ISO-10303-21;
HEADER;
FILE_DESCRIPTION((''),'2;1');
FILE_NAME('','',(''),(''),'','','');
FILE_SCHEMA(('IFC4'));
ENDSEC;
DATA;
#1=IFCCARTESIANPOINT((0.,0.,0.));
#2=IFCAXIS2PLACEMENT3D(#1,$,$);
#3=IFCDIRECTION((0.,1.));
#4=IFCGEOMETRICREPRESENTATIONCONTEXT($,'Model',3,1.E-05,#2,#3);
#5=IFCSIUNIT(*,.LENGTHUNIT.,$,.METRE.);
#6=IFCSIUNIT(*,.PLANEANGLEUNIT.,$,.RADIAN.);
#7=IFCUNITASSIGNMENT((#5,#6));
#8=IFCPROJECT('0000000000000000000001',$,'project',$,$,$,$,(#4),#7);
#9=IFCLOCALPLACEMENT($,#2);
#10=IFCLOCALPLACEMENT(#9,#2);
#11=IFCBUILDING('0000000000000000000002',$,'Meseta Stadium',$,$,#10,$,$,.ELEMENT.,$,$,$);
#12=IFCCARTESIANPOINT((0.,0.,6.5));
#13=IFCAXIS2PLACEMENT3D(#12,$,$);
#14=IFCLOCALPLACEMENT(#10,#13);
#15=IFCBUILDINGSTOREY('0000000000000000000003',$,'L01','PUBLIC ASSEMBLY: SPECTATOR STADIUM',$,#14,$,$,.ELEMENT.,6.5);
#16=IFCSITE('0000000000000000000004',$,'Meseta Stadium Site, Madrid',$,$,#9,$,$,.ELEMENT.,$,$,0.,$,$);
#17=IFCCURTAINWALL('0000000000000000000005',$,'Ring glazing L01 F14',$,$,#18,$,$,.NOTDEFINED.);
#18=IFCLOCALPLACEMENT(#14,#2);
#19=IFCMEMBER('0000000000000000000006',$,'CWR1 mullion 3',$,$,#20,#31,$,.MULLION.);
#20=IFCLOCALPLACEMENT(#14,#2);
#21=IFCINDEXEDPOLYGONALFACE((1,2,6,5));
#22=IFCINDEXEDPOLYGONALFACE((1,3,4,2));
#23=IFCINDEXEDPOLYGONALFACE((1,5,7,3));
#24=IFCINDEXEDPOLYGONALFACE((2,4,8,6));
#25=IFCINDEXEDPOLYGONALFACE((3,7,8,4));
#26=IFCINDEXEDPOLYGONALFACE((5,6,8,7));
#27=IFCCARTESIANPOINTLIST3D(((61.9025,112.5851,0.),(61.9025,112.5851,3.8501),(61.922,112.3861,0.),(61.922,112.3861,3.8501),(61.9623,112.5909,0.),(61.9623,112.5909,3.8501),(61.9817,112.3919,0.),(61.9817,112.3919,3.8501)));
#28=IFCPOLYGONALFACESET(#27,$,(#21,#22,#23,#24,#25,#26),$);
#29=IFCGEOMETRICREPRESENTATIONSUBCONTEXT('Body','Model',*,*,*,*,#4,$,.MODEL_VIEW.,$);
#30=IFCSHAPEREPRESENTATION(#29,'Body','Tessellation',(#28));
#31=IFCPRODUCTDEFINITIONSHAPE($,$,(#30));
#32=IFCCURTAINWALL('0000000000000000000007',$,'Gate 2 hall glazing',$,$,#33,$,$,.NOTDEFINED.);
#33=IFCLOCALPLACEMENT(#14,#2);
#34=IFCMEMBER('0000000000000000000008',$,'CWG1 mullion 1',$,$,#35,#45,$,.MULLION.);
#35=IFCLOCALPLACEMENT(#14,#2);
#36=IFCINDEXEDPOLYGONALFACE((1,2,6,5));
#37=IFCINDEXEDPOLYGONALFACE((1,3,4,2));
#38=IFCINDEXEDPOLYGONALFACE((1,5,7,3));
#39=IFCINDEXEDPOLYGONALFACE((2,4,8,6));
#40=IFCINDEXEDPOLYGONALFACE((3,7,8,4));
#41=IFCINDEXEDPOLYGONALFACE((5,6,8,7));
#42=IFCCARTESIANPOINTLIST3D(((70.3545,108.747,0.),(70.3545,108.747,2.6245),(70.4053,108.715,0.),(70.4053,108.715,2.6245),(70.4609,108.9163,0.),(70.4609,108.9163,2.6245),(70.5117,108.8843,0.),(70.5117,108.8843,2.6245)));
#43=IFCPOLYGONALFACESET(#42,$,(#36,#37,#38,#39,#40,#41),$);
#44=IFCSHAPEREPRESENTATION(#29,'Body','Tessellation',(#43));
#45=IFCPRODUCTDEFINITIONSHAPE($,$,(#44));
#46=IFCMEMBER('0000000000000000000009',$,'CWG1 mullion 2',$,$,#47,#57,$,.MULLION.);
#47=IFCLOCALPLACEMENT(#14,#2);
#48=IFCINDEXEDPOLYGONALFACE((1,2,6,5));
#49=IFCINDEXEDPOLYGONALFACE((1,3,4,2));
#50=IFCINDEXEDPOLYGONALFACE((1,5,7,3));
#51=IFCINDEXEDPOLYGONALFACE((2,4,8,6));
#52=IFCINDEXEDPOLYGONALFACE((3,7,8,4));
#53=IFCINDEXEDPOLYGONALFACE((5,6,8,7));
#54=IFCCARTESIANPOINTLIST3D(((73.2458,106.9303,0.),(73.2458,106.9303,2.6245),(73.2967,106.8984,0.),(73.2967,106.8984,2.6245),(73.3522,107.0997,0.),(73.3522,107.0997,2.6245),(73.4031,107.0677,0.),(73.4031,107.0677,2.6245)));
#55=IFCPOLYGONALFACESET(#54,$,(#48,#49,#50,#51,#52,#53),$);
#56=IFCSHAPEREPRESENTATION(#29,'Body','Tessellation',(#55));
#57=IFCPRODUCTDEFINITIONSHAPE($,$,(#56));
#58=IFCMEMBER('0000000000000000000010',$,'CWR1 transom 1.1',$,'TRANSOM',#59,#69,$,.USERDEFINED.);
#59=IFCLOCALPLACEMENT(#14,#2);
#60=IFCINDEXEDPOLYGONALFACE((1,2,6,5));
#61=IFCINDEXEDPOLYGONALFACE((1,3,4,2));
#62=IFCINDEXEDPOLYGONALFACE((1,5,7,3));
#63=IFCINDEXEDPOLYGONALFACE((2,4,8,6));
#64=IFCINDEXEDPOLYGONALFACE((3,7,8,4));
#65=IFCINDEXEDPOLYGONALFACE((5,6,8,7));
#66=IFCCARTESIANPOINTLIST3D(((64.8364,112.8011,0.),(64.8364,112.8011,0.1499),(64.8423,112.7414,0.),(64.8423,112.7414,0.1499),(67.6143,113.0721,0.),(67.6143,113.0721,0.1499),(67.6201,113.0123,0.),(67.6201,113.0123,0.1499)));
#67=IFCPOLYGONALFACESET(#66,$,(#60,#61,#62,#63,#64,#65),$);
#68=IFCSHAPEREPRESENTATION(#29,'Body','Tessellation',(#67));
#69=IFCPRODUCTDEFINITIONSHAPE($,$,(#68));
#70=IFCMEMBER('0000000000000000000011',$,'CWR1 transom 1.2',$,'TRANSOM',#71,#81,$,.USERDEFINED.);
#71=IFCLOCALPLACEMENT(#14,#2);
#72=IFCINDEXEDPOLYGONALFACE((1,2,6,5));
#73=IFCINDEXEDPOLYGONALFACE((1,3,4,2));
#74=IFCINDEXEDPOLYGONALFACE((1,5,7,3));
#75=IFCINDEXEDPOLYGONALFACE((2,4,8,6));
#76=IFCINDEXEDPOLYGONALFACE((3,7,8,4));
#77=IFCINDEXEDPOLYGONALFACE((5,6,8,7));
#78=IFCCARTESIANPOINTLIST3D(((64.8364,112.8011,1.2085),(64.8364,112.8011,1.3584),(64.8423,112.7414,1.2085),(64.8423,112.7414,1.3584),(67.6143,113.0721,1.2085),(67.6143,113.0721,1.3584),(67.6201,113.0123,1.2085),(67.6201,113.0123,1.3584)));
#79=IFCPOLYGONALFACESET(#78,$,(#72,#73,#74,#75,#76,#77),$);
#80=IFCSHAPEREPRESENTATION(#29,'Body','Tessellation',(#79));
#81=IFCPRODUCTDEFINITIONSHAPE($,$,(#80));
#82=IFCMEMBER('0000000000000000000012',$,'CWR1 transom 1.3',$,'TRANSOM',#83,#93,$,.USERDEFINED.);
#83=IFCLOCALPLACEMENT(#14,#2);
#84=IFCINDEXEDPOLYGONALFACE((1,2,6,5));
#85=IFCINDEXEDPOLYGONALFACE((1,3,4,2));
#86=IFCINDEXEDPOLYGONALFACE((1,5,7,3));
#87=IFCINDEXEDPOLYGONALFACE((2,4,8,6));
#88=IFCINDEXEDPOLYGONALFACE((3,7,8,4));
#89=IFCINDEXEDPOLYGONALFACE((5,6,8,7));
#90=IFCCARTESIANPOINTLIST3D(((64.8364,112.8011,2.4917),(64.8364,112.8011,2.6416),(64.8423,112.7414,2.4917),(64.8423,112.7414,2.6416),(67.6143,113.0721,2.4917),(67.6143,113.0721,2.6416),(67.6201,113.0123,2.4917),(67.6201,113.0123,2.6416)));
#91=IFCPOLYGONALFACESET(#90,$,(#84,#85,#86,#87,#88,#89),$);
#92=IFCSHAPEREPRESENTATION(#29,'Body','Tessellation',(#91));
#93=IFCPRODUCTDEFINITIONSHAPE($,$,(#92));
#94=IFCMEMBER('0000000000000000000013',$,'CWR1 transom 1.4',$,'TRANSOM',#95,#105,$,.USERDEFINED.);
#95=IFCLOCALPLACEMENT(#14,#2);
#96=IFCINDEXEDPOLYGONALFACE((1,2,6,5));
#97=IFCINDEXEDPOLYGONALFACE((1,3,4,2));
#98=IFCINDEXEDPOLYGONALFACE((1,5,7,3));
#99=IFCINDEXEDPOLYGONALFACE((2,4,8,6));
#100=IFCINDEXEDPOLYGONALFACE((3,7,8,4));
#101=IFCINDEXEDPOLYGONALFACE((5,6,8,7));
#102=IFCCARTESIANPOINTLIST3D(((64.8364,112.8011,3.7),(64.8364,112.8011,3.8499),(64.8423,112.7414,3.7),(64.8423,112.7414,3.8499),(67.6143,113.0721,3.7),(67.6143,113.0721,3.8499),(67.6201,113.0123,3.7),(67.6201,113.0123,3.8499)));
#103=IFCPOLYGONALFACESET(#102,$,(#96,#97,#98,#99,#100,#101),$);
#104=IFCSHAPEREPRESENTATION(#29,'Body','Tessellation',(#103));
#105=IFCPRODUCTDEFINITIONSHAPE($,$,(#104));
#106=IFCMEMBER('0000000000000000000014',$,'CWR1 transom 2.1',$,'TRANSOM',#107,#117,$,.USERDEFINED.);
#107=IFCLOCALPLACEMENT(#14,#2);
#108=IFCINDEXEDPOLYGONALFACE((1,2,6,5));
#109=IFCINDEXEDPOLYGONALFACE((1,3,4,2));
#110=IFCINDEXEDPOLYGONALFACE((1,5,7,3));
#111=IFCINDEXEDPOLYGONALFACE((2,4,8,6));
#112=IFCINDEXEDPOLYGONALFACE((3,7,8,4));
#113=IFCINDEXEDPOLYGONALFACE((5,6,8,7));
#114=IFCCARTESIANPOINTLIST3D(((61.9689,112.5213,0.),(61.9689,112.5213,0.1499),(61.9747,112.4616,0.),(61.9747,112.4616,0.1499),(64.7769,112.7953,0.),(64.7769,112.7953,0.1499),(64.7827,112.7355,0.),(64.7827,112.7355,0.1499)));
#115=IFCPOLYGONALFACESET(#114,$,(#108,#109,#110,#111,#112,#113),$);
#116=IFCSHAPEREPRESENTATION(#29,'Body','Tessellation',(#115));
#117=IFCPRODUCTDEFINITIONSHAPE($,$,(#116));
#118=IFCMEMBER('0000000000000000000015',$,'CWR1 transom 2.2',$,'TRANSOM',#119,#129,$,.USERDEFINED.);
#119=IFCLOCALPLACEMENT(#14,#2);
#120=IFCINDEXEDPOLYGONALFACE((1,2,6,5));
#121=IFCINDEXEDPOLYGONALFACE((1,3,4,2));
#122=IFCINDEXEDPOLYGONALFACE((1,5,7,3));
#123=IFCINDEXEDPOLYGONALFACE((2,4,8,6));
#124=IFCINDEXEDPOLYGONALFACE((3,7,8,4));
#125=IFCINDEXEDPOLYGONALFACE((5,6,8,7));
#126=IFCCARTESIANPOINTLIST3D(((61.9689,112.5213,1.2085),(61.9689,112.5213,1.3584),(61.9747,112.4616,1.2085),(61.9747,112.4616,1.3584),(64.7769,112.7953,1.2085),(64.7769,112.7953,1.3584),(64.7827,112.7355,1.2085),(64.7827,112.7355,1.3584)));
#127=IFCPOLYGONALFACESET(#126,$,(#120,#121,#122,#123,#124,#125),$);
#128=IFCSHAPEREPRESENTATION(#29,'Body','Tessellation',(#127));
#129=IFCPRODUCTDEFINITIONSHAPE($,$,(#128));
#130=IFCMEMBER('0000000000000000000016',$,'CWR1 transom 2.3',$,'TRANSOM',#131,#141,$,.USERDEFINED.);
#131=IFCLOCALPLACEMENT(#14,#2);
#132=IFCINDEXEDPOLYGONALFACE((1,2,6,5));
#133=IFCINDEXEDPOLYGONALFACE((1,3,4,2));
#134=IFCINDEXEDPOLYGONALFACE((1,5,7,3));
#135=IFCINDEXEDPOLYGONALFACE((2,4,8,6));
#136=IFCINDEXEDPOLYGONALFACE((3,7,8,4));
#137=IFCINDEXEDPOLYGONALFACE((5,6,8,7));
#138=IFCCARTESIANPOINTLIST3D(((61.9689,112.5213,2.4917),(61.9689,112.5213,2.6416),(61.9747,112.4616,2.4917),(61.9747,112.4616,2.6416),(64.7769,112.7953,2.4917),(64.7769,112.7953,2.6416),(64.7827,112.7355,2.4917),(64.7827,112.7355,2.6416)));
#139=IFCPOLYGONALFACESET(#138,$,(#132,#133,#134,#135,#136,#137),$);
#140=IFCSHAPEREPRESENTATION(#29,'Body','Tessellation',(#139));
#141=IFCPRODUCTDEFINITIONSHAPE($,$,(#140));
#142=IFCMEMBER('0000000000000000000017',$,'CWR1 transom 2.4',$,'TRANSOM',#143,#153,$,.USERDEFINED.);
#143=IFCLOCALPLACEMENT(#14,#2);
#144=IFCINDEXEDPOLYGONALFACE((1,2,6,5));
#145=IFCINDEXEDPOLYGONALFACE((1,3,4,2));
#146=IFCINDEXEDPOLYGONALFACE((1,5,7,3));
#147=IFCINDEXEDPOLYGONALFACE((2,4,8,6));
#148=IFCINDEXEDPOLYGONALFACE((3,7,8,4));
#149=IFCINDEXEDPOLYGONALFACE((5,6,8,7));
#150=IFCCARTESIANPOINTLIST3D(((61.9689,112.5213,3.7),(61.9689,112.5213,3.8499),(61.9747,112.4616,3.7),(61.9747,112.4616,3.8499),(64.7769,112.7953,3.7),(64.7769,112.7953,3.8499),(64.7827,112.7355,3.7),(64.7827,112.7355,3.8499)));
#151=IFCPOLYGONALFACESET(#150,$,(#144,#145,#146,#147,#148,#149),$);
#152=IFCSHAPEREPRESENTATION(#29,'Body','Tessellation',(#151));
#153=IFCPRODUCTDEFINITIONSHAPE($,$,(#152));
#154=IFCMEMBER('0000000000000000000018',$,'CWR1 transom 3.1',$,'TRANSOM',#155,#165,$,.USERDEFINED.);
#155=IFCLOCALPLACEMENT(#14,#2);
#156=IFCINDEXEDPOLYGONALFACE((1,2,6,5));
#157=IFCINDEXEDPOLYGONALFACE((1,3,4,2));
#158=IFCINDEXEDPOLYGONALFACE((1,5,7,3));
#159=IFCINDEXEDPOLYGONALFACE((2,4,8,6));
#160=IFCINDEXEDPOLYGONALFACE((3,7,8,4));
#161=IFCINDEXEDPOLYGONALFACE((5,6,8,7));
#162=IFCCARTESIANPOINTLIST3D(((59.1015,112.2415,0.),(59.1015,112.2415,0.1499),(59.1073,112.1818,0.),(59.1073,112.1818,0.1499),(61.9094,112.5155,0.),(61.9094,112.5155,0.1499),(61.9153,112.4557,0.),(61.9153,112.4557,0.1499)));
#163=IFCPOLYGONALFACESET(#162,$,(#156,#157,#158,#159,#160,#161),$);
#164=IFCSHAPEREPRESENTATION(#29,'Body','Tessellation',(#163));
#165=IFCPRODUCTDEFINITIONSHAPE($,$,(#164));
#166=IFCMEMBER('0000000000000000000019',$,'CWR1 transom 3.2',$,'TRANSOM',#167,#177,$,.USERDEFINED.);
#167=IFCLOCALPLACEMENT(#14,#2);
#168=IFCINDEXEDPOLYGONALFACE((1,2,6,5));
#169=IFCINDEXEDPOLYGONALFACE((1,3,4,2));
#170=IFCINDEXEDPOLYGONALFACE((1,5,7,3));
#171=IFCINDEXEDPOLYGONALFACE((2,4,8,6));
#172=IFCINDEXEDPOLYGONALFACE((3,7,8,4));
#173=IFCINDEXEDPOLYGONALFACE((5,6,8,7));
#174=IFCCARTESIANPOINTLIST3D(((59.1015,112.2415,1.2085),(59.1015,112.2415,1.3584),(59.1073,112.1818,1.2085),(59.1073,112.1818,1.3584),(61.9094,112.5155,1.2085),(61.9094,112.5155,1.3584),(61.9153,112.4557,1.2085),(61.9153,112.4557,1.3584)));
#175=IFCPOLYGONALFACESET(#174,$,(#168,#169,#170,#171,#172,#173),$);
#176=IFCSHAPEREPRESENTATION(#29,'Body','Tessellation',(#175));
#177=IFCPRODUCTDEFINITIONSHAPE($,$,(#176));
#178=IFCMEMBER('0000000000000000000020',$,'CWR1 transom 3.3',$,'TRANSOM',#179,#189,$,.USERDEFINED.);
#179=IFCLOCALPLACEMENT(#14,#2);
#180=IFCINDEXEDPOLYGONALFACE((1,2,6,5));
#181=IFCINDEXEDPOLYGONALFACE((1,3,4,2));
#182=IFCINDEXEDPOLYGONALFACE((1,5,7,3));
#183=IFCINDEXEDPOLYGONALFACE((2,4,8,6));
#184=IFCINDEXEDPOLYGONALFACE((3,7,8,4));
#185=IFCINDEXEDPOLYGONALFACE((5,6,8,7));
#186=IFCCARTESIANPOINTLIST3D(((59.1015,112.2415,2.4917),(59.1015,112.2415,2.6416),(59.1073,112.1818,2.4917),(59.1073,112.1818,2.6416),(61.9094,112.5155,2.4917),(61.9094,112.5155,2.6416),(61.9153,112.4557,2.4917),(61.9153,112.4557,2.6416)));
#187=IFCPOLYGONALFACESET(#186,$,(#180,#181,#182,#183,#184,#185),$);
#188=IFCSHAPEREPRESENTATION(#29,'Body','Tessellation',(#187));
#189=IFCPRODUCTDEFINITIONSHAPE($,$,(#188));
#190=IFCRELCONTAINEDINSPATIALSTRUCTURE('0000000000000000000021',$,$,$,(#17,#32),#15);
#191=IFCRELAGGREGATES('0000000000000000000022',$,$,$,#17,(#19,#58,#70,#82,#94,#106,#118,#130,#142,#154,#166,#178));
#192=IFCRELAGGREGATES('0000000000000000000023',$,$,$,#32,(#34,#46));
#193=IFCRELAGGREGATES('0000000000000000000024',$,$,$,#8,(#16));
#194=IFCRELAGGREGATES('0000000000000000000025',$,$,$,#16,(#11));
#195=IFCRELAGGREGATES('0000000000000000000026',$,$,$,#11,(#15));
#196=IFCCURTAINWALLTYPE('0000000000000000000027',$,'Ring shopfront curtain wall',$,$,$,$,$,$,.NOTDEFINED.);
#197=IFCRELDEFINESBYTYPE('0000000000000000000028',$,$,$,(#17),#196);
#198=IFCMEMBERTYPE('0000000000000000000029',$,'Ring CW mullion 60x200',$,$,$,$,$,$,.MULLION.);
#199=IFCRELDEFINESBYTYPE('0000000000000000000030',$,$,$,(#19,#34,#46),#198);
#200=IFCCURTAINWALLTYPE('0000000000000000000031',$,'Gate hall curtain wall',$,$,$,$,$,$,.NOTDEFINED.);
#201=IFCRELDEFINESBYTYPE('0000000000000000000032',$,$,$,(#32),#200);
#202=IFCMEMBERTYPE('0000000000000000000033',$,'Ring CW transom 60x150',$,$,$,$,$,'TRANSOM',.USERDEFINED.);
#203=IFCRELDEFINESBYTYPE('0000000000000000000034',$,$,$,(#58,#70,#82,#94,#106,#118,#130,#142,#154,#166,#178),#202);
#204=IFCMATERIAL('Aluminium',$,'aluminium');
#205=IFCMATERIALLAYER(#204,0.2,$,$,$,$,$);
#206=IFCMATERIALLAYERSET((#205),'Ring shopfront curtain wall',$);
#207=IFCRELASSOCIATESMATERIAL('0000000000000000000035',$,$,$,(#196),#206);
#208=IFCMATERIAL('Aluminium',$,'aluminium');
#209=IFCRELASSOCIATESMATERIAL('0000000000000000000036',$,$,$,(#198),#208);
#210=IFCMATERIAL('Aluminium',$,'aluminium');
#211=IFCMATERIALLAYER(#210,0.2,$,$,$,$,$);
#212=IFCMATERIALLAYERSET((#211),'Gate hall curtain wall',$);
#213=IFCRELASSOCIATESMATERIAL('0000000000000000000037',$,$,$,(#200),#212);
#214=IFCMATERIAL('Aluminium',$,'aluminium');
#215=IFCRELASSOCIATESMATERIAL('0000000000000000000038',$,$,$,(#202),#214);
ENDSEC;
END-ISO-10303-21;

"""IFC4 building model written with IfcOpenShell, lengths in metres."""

from ifc_helpers import new_model, si_unit, direction, frame, origin, origin_2d, place, context, subcontext, project, spatial, rectangle, extrude, material, layer, layer_set, material_profile, profile_set, type_object, element, aggregate, save


model = new_model("IFC4")

# Units and contexts
model_context = context("Model", 3, precision=1e-05, world=origin(), true_north=direction((0.0, 1.0)))
body_context = subcontext(model_context, "Body", "Model", "MODEL_VIEW")
ifc_project = project(units=[si_unit("LENGTHUNIT", "METRE"), si_unit("PLANEANGLEUNIT", "RADIAN")], contexts=[model_context])

# Site, building, storey
site_placement = place(None, origin())
site = spatial("IfcSite", under=ifc_project, at=site_placement, Name="Meseta Stadium Site, Madrid", CompositionType="ELEMENT", RefElevation=0.0)
building_placement = place(site_placement, origin())
building = spatial("IfcBuilding", under=site, at=building_placement, Name="Meseta Stadium", CompositionType="ELEMENT")
storey_placement = place(building_placement, frame((0.0, 0.0, 6.5)))
storey = spatial("IfcBuildingStorey", under=building, at=storey_placement, Name="L01", Description="PUBLIC ASSEMBLY: SPECTATOR STADIUM", CompositionType="ELEMENT", Elevation=6.5)

# Curtain walls, members
ifc_material_1 = material(Name="Aluminium", Category="aluminium")
ifc_layer_1 = layer(ifc_material_1, 0.2)
ifc_layer_set_1 = layer_set([ifc_layer_1], Name="Ring shopfront curtain wall")
curtain_wall_type_1 = type_object("IfcCurtainWallType", Name="Ring shopfront curtain wall", PredefinedType="NOTDEFINED", material=ifc_layer_set_1)
curtain_wall_1_placement = place(storey_placement, origin())
curtain_wall_1 = element("IfcCurtainWall", 1, at=curtain_wall_1_placement, inside=storey, type_object=curtain_wall_type_1, Name="Ring glazing L01 F14", PredefinedType="NOTDEFINED")
ifc_material_2 = material(Name="Aluminium", Category="aluminium")
ifc_material_profile_1 = material_profile(ifc_material_2, rectangle(XDim=0.2, YDim=0.0601, at=origin_2d()), Name="CW 200x60")
ifc_profile_set_1 = profile_set([ifc_material_profile_1], Name="Aluminium")
member_type_1 = type_object("IfcMemberType", Name="Ring CW mullion 60x200", PredefinedType="MULLION", material=ifc_profile_set_1)
member_1_placement = place(storey_placement, frame((61.9421, 112.4885, 0.0), z_axis=(0.0, 0.0, 1.0), x_axis=(0.097125, -0.995272, 0.0)))
member_1 = element("IfcMember", 2, at=member_1_placement, type_object=member_type_1, Name="CWR1 mullion 3", PredefinedType="MULLION", context=body_context, shape_type="SweptSolid", body=[
    extrude(rectangle(XDim=0.2, YDim=0.0601, at=origin_2d()), origin(), (0.0, 0.0, 1.0), 3.8501),
])
ifc_material_3 = material(Name="Aluminium", Category="aluminium")
ifc_layer_2 = layer(ifc_material_3, 0.2)
ifc_layer_set_2 = layer_set([ifc_layer_2], Name="Gate hall curtain wall")
curtain_wall_type_2 = type_object("IfcCurtainWallType", Name="Gate hall curtain wall", PredefinedType="NOTDEFINED", material=ifc_layer_set_2)
curtain_wall_2_placement = place(storey_placement, origin())
curtain_wall_2 = element("IfcCurtainWall", 3, at=curtain_wall_2_placement, inside=storey, type_object=curtain_wall_type_2, Name="Gate 2 hall glazing", PredefinedType="NOTDEFINED")
member_2_placement = place(storey_placement, frame((70.4331, 108.8157, 0.0), z_axis=(0.0, 0.0, 1.0), x_axis=(0.532028, 0.846727, 0.0)))
member_2 = element("IfcMember", 4, at=member_2_placement, type_object=member_type_1, Name="CWG1 mullion 1", PredefinedType="MULLION", context=body_context, shape_type="SweptSolid", body=[
    extrude(rectangle(XDim=0.2, YDim=0.0601, at=origin_2d()), origin(), (0.0, 0.0, 1.0), 2.6245),
])
member_3_placement = place(storey_placement, frame((73.3245, 106.999, 0.0), z_axis=(0.0, 0.0, 1.0), x_axis=(0.532028, 0.846727, 0.0)))
member_3 = element("IfcMember", 5, at=member_3_placement, type_object=member_type_1, Name="CWG1 mullion 2", PredefinedType="MULLION", context=body_context, shape_type="SweptSolid", body=[
    extrude(rectangle(XDim=0.2, YDim=0.0601, at=origin_2d()), origin(), (0.0, 0.0, 1.0), 2.6245),
])

# Members
ifc_material_4 = material(Name="Aluminium", Category="aluminium")
ifc_material_profile_2 = material_profile(ifc_material_4, rectangle(XDim=0.0601, YDim=0.1499, at=origin_2d()), Name="CW 60x150")
ifc_profile_set_2 = profile_set([ifc_material_profile_2], Name="Aluminium")
member_type_2 = type_object("IfcMemberType", Name="Ring CW transom 60x150", ElementType="TRANSOM", PredefinedType="USERDEFINED", material=ifc_profile_set_2)
member_4_placement = place(storey_placement, frame((67.6172, 113.0422, 0.075), z_axis=(-0.995275, -0.097096, 0.0), x_axis=(0.097096, -0.995275, 0.0)))
member_4 = element("IfcMember", 6, at=member_4_placement, type_object=member_type_2, Name="CWR1 transom 1.1", ObjectType="TRANSOM", PredefinedType="USERDEFINED", context=body_context, shape_type="SweptSolid", body=[
    extrude(rectangle(XDim=0.0601, YDim=0.1499, at=origin_2d()), origin(), (0.0, 0.0, 1.0), 2.791),
])
member_5_placement = place(storey_placement, frame((67.6172, 113.0422, 1.2834), z_axis=(-0.995275, -0.097096, 0.0), x_axis=(0.097096, -0.995275, 0.0)))
member_5 = element("IfcMember", 7, at=member_5_placement, type_object=member_type_2, Name="CWR1 transom 1.2", ObjectType="TRANSOM", PredefinedType="USERDEFINED", context=body_context, shape_type="SweptSolid", body=[
    extrude(rectangle(XDim=0.0601, YDim=0.1499, at=origin_2d()), origin(), (0.0, 0.0, 1.0), 2.791),
])
member_6_placement = place(storey_placement, frame((67.6172, 113.0422, 2.5667), z_axis=(-0.995275, -0.097096, 0.0), x_axis=(0.097096, -0.995275, 0.0)))
member_6 = element("IfcMember", 8, at=member_6_placement, type_object=member_type_2, Name="CWR1 transom 1.3", ObjectType="TRANSOM", PredefinedType="USERDEFINED", context=body_context, shape_type="SweptSolid", body=[
    extrude(rectangle(XDim=0.0601, YDim=0.1499, at=origin_2d()), origin(), (0.0, 0.0, 1.0), 2.791),
])
member_7_placement = place(storey_placement, frame((67.6172, 113.0422, 3.7749), z_axis=(-0.995275, -0.097096, 0.0), x_axis=(0.097096, -0.995275, 0.0)))
member_7 = element("IfcMember", 9, at=member_7_placement, type_object=member_type_2, Name="CWR1 transom 1.4", ObjectType="TRANSOM", PredefinedType="USERDEFINED", context=body_context, shape_type="SweptSolid", body=[
    extrude(rectangle(XDim=0.0601, YDim=0.1499, at=origin_2d()), origin(), (0.0, 0.0, 1.0), 2.791),
])
member_8_placement = place(storey_placement, frame((64.7798, 112.7654, 0.075), z_axis=(-0.995275, -0.097096, 0.0), x_axis=(0.097096, -0.995275, 0.0)))
member_8 = element("IfcMember", 10, at=member_8_placement, type_object=member_type_2, Name="CWR1 transom 2.1", ObjectType="TRANSOM", PredefinedType="USERDEFINED", context=body_context, shape_type="SweptSolid", body=[
    extrude(rectangle(XDim=0.0601, YDim=0.1499, at=origin_2d()), origin(), (0.0, 0.0, 1.0), 2.8213),
])
member_9_placement = place(storey_placement, frame((64.7798, 112.7654, 1.2834), z_axis=(-0.995275, -0.097096, 0.0), x_axis=(0.097096, -0.995275, 0.0)))
member_9 = element("IfcMember", 11, at=member_9_placement, type_object=member_type_2, Name="CWR1 transom 2.2", ObjectType="TRANSOM", PredefinedType="USERDEFINED", context=body_context, shape_type="SweptSolid", body=[
    extrude(rectangle(XDim=0.0601, YDim=0.1499, at=origin_2d()), origin(), (0.0, 0.0, 1.0), 2.8213),
])
member_10_placement = place(storey_placement, frame((64.7798, 112.7654, 2.5667), z_axis=(-0.995275, -0.097096, 0.0), x_axis=(0.097096, -0.995275, 0.0)))
member_10 = element("IfcMember", 12, at=member_10_placement, type_object=member_type_2, Name="CWR1 transom 2.3", ObjectType="TRANSOM", PredefinedType="USERDEFINED", context=body_context, shape_type="SweptSolid", body=[
    extrude(rectangle(XDim=0.0601, YDim=0.1499, at=origin_2d()), origin(), (0.0, 0.0, 1.0), 2.8213),
])
member_11_placement = place(storey_placement, frame((64.7798, 112.7654, 3.7749), z_axis=(-0.995275, -0.097096, 0.0), x_axis=(0.097096, -0.995275, 0.0)))
member_11 = element("IfcMember", 13, at=member_11_placement, type_object=member_type_2, Name="CWR1 transom 2.4", ObjectType="TRANSOM", PredefinedType="USERDEFINED", context=body_context, shape_type="SweptSolid", body=[
    extrude(rectangle(XDim=0.0601, YDim=0.1499, at=origin_2d()), origin(), (0.0, 0.0, 1.0), 2.8213),
])
member_12_placement = place(storey_placement, frame((61.9124, 112.4856, 0.075), z_axis=(-0.995275, -0.097096, 0.0), x_axis=(0.097096, -0.995275, 0.0)))
member_12 = element("IfcMember", 14, at=member_12_placement, type_object=member_type_2, Name="CWR1 transom 3.1", ObjectType="TRANSOM", PredefinedType="USERDEFINED", context=body_context, shape_type="SweptSolid", body=[
    extrude(rectangle(XDim=0.0601, YDim=0.1499, at=origin_2d()), origin(), (0.0, 0.0, 1.0), 2.8213),
])
member_13_placement = place(storey_placement, frame((61.9124, 112.4856, 1.2834), z_axis=(-0.995275, -0.097096, 0.0), x_axis=(0.097096, -0.995275, 0.0)))
member_13 = element("IfcMember", 15, at=member_13_placement, type_object=member_type_2, Name="CWR1 transom 3.2", ObjectType="TRANSOM", PredefinedType="USERDEFINED", context=body_context, shape_type="SweptSolid", body=[
    extrude(rectangle(XDim=0.0601, YDim=0.1499, at=origin_2d()), origin(), (0.0, 0.0, 1.0), 2.8213),
])
member_14_placement = place(storey_placement, frame((61.9124, 112.4856, 2.5667), z_axis=(-0.995275, -0.097096, 0.0), x_axis=(0.097096, -0.995275, 0.0)))
member_14 = element("IfcMember", 16, at=member_14_placement, type_object=member_type_2, Name="CWR1 transom 3.3", ObjectType="TRANSOM", PredefinedType="USERDEFINED", context=body_context, shape_type="SweptSolid", body=[
    extrude(rectangle(XDim=0.0601, YDim=0.1499, at=origin_2d()), origin(), (0.0, 0.0, 1.0), 2.8213),
])

aggregate(curtain_wall_1, [member_1, member_4, member_5, member_6, member_7, member_8, member_9, member_10, member_11, member_12, member_13, member_14])
aggregate(curtain_wall_2, [member_2, member_3])

save(model, "model.ifc")
